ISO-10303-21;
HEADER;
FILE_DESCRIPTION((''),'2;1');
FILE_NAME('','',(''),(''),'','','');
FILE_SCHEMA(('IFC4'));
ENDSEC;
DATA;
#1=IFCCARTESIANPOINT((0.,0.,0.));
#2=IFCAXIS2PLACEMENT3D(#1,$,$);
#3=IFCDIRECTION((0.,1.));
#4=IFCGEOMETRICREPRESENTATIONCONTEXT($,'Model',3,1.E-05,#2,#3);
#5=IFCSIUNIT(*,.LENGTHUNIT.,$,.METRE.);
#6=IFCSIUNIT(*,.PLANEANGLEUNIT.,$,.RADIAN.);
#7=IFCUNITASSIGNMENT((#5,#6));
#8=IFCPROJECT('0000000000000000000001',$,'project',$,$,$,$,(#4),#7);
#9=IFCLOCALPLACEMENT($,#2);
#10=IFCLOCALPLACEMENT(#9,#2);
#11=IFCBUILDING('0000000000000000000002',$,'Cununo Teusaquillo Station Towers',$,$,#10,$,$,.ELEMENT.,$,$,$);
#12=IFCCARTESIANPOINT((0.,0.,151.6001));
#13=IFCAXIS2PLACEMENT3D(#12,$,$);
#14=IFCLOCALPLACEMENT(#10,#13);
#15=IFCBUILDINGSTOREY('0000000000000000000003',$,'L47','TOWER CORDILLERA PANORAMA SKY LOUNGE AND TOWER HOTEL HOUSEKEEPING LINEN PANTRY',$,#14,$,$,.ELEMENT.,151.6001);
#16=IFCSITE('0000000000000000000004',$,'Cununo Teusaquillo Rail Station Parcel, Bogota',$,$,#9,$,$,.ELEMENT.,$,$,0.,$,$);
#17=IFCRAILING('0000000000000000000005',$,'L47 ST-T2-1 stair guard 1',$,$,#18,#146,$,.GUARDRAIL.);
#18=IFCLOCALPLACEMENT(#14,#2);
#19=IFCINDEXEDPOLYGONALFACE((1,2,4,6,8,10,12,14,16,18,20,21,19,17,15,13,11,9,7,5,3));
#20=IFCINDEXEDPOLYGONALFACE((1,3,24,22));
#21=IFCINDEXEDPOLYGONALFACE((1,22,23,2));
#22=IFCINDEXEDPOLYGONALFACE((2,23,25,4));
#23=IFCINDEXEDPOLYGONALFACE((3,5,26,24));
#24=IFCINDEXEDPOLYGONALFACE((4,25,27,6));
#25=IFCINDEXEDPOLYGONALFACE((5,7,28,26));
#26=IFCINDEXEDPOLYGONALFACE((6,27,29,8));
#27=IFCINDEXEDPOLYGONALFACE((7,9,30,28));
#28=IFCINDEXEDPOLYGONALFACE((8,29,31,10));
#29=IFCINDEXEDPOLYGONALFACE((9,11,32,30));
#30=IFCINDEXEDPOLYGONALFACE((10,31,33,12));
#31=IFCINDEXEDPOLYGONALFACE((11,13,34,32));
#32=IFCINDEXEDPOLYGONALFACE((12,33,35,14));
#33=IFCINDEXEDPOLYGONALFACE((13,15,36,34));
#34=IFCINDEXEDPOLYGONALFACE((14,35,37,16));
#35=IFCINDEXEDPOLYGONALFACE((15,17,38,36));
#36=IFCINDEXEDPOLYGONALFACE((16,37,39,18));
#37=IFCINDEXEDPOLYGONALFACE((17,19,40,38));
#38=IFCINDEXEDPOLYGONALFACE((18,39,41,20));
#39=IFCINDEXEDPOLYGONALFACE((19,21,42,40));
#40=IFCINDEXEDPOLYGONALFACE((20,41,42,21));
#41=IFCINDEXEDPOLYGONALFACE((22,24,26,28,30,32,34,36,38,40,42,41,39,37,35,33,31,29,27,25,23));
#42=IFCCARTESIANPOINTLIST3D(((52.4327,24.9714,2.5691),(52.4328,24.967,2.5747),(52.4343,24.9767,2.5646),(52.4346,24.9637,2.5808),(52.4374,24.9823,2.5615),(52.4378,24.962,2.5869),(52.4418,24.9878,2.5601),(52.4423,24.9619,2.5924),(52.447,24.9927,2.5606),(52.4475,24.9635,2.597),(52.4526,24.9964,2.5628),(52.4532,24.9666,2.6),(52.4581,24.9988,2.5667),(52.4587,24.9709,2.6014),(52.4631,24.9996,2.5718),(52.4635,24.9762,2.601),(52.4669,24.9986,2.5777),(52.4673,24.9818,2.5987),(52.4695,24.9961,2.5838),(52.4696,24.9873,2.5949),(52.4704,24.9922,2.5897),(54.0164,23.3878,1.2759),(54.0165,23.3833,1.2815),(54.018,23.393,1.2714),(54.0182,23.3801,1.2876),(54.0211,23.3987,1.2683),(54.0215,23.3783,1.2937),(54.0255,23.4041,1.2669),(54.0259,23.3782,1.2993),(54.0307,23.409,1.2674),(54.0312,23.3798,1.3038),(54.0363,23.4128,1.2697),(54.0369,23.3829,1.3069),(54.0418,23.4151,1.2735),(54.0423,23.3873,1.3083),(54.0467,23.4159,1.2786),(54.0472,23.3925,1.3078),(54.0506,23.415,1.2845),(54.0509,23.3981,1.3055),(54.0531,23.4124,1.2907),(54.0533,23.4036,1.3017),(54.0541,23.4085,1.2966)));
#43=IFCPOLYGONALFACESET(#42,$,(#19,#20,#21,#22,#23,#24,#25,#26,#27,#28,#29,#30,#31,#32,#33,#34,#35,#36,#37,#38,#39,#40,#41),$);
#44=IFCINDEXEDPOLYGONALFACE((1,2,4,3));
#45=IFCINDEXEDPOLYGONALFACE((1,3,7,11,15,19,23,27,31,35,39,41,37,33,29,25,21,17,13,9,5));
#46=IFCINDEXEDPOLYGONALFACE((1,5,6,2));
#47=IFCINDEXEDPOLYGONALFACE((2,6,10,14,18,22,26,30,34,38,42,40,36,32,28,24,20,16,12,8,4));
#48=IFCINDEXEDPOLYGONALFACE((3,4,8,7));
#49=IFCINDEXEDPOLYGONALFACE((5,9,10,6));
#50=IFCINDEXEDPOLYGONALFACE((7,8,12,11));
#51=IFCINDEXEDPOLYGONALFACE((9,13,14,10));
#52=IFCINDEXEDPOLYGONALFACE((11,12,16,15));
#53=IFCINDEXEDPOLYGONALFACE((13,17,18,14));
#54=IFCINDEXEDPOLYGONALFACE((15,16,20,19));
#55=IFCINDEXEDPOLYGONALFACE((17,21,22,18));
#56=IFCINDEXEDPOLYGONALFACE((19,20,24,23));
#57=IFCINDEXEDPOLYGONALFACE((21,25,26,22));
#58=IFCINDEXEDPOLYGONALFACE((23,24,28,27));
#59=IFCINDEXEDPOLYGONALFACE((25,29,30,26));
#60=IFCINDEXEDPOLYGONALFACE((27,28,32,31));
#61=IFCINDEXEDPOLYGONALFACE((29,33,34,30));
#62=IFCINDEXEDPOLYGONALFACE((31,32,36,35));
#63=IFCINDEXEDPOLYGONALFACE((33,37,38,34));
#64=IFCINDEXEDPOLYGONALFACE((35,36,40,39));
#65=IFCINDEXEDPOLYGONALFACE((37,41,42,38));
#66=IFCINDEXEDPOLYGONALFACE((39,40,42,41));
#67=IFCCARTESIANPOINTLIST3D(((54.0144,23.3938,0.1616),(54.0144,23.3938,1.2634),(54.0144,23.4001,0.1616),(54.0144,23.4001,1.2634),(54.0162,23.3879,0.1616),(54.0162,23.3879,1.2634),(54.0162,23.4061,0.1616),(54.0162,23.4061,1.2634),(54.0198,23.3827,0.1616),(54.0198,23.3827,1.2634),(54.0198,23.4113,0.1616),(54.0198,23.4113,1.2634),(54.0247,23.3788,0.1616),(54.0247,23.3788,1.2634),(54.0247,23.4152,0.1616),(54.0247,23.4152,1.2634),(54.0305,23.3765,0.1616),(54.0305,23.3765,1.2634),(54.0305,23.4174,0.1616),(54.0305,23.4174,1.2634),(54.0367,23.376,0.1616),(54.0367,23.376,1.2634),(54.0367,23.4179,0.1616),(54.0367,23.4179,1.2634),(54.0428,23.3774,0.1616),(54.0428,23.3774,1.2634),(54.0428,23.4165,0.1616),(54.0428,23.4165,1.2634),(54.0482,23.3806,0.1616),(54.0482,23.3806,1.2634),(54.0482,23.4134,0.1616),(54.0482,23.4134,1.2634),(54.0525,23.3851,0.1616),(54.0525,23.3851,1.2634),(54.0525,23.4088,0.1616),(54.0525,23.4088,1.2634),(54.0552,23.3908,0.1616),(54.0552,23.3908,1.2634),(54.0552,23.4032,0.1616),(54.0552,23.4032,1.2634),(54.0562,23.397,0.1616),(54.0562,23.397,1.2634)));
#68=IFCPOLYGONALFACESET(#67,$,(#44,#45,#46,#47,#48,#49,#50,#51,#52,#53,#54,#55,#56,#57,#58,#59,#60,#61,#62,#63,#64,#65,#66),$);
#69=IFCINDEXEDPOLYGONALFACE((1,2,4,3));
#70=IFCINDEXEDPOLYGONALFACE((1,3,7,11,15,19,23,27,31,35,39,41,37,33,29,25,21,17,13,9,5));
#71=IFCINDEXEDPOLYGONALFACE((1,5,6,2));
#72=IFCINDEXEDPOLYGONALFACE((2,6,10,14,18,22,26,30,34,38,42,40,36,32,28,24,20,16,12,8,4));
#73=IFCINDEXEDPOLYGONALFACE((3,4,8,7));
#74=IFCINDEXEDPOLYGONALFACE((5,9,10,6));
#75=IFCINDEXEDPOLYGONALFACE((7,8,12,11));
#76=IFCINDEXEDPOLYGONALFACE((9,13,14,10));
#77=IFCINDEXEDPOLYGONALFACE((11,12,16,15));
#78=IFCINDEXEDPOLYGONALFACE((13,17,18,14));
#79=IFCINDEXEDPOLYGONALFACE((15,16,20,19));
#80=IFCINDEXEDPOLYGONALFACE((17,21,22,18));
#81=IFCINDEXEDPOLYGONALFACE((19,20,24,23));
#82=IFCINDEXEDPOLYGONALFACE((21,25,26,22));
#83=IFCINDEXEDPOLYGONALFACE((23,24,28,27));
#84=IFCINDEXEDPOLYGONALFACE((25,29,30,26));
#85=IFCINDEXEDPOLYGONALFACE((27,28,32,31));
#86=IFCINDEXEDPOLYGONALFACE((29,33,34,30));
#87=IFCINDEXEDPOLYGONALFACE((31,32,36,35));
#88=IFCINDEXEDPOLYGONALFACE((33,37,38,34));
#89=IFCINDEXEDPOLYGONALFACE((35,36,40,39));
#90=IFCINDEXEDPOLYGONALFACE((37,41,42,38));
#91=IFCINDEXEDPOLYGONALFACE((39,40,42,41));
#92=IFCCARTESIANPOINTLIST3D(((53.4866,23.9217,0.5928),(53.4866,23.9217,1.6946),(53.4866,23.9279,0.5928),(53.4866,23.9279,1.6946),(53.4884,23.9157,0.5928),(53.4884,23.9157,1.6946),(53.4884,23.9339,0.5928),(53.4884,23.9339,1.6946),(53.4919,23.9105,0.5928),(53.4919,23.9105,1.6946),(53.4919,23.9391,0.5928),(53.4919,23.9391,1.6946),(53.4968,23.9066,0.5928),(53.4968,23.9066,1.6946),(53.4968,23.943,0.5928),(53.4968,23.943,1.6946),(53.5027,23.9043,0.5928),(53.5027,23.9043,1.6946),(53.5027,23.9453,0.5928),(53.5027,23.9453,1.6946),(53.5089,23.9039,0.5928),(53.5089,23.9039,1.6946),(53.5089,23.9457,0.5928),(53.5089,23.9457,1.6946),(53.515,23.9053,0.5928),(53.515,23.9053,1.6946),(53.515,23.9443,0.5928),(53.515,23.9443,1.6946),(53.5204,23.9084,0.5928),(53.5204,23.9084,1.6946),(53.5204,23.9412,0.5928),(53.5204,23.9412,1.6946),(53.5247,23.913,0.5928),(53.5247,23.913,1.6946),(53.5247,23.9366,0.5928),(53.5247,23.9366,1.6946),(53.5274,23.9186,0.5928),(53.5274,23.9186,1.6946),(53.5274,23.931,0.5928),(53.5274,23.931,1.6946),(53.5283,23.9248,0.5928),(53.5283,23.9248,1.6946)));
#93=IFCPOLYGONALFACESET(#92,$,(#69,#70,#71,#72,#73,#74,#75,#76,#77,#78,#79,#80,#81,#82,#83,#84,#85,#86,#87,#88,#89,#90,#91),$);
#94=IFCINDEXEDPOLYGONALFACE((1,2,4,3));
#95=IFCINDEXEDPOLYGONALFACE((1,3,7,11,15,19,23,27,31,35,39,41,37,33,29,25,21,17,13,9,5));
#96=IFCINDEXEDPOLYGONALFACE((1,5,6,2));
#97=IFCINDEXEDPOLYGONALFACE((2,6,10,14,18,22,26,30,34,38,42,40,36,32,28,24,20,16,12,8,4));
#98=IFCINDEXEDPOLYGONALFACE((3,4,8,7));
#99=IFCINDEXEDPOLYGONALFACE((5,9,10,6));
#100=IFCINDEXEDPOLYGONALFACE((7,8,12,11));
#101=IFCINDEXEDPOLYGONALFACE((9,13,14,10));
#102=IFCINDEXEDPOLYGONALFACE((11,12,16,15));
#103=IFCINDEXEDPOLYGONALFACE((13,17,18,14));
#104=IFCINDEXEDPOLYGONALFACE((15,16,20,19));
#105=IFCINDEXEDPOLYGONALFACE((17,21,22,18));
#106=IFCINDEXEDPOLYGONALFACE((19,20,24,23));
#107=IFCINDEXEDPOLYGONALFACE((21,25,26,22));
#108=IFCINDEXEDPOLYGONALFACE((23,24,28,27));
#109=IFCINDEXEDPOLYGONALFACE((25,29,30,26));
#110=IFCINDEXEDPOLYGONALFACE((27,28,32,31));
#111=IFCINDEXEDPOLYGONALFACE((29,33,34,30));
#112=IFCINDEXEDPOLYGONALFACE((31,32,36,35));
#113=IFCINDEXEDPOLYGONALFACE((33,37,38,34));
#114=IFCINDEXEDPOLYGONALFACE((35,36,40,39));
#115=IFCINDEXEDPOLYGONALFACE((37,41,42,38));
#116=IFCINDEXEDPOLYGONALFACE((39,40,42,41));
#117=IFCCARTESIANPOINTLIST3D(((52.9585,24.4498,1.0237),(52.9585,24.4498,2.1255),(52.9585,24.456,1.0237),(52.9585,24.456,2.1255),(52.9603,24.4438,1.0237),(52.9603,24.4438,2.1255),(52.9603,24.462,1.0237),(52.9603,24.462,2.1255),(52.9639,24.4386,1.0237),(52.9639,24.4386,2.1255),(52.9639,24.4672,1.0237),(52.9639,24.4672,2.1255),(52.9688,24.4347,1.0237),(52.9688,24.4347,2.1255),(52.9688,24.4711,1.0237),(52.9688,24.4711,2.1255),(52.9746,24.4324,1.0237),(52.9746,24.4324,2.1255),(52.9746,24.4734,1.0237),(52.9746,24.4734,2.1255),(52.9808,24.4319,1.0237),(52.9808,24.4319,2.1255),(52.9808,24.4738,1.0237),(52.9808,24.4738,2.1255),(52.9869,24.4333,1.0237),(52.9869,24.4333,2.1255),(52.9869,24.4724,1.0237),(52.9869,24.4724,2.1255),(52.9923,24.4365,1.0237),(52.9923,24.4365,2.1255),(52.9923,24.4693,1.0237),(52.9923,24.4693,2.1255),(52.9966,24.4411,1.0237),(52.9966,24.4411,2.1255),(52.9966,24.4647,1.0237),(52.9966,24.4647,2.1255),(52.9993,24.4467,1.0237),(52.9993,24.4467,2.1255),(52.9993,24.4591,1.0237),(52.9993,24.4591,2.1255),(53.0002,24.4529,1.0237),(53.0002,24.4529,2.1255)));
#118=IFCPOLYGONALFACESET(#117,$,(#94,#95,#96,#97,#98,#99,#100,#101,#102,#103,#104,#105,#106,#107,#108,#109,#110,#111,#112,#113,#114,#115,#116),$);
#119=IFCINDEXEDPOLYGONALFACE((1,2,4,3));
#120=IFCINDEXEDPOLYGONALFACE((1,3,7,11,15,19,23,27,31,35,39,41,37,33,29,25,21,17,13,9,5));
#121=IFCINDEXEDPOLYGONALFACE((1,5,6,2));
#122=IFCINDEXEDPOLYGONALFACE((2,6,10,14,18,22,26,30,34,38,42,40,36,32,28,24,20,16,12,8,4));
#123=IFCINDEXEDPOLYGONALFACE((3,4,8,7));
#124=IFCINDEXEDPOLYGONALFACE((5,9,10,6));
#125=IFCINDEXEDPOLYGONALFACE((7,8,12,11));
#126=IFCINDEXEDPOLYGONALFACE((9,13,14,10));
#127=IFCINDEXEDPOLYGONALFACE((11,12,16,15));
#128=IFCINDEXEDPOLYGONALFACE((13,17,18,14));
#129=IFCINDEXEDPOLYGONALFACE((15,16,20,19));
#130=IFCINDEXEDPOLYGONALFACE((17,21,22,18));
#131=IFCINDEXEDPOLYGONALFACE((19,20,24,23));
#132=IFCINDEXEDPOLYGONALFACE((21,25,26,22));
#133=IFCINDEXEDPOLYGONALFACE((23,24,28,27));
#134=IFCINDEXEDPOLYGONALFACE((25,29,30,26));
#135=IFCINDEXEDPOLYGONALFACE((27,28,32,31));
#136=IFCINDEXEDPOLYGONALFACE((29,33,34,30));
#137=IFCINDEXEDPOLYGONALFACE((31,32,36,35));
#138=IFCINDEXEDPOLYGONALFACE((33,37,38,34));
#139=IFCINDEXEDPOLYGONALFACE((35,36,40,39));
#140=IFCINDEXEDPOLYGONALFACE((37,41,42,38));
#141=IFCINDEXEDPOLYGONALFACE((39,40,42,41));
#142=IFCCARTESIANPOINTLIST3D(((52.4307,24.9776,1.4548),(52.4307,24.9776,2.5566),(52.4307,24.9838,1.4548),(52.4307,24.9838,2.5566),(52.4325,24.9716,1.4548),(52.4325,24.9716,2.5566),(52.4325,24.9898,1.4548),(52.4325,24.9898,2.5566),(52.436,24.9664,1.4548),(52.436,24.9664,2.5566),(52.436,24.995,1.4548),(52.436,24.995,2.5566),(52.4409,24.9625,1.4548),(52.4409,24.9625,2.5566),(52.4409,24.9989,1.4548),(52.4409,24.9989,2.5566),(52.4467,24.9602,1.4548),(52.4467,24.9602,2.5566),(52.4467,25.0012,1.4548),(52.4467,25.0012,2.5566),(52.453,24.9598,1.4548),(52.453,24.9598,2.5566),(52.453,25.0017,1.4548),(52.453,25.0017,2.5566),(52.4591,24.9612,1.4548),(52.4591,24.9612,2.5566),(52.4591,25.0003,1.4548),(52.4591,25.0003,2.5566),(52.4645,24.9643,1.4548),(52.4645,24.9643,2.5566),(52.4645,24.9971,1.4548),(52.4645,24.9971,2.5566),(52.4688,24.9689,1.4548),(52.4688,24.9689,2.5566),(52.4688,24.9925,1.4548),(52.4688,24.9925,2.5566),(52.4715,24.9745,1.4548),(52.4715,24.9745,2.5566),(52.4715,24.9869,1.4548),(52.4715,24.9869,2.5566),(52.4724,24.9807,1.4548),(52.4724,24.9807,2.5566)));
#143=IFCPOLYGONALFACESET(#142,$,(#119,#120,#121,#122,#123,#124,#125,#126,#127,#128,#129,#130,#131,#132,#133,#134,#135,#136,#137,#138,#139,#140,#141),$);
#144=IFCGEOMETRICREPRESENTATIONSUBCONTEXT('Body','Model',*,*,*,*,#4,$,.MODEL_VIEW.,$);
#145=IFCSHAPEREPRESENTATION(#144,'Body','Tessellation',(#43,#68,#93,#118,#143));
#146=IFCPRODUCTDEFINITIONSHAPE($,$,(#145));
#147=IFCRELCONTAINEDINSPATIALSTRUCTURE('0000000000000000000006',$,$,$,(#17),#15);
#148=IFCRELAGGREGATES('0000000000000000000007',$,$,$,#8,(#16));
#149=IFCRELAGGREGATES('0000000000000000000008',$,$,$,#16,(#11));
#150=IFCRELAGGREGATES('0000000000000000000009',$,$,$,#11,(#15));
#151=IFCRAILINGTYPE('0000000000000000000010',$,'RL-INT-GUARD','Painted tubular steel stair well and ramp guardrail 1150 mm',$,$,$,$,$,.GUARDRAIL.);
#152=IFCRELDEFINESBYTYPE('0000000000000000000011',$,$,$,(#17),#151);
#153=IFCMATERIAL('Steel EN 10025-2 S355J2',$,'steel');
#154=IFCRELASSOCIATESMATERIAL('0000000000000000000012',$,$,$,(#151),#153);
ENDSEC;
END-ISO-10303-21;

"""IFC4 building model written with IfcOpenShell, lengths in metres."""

from ifc_helpers import new_model, si_unit, direction, frame, origin, origin_2d, place, context, subcontext, project, spatial, circle, extrude, material, type_object, element, save


model = new_model("IFC4")

# Units and contexts
model_context = context("Model", 3, precision=1e-05, world=origin(), true_north=direction((0.0, 1.0)))
body_context = subcontext(model_context, "Body", "Model", "MODEL_VIEW")
ifc_project = project(units=[si_unit("LENGTHUNIT", "METRE"), si_unit("PLANEANGLEUNIT", "RADIAN")], contexts=[model_context])

# Site, building, storey
site_placement = place(None, origin())
site = spatial("IfcSite", under=ifc_project, at=site_placement, Name="Cununo Teusaquillo Rail Station Parcel, Bogota", CompositionType="ELEMENT", RefElevation=0.0)
building_placement = place(site_placement, origin())
building = spatial("IfcBuilding", under=site, at=building_placement, Name="Cununo Teusaquillo Station Towers", CompositionType="ELEMENT")
storey_placement = place(building_placement, frame((0.0, 0.0, 151.6001)))
storey = spatial("IfcBuildingStorey", under=building, at=storey_placement, Name="L47", Description="TOWER CORDILLERA PANORAMA SKY LOUNGE AND TOWER HOTEL HOUSEKEEPING LINEN PANTRY", CompositionType="ELEMENT", Elevation=151.6001)

# Railing
ifc_material_1 = material(Name="Steel EN 10025-2 S355J2", Category="steel")
railing_type_1 = type_object("IfcRailingType", Name="RL-INT-GUARD", Description="Painted tubular steel stair well and ramp guardrail 1150 mm", PredefinedType="GUARDRAIL", material=ifc_material_1)
railing_1_placement = place(storey_placement, frame((54.0352, 23.397, 0.1616)))
element("IfcRailing", 1, at=railing_1_placement, inside=storey, type_object=railing_type_1, Name="L47 ST-T2-1 stair guard 1", PredefinedType="GUARDRAIL", context=body_context, shape_type="SweptSolid", body=[
    extrude(circle(Radius=0.0239, at=origin_2d()), frame((0.0, 0.0, 1.126), z_axis=(-0.612361, 0.612361, 0.500027), x_axis=(-0.707107, -0.707107, 0.0)), (0.0, 0.0, 1.0), 2.5862),
    extrude(circle(Radius=0.021, at=origin_2d()), origin(), (0.0, 0.0, 1.0), 1.1018),
    extrude(circle(Radius=0.021, at=origin_2d()), frame((-0.5278, 0.5278, 0.4312)), (0.0, 0.0, 1.0), 1.1018),
    extrude(circle(Radius=0.021, at=origin_2d()), frame((-1.0559, 1.0559, 0.8621)), (0.0, 0.0, 1.0), 1.1018),
    extrude(circle(Radius=0.021, at=origin_2d()), frame((-1.5837, 1.5837, 1.2932)), (0.0, 0.0, 1.0), 1.1018),
])

save(model, "model.ifc")
